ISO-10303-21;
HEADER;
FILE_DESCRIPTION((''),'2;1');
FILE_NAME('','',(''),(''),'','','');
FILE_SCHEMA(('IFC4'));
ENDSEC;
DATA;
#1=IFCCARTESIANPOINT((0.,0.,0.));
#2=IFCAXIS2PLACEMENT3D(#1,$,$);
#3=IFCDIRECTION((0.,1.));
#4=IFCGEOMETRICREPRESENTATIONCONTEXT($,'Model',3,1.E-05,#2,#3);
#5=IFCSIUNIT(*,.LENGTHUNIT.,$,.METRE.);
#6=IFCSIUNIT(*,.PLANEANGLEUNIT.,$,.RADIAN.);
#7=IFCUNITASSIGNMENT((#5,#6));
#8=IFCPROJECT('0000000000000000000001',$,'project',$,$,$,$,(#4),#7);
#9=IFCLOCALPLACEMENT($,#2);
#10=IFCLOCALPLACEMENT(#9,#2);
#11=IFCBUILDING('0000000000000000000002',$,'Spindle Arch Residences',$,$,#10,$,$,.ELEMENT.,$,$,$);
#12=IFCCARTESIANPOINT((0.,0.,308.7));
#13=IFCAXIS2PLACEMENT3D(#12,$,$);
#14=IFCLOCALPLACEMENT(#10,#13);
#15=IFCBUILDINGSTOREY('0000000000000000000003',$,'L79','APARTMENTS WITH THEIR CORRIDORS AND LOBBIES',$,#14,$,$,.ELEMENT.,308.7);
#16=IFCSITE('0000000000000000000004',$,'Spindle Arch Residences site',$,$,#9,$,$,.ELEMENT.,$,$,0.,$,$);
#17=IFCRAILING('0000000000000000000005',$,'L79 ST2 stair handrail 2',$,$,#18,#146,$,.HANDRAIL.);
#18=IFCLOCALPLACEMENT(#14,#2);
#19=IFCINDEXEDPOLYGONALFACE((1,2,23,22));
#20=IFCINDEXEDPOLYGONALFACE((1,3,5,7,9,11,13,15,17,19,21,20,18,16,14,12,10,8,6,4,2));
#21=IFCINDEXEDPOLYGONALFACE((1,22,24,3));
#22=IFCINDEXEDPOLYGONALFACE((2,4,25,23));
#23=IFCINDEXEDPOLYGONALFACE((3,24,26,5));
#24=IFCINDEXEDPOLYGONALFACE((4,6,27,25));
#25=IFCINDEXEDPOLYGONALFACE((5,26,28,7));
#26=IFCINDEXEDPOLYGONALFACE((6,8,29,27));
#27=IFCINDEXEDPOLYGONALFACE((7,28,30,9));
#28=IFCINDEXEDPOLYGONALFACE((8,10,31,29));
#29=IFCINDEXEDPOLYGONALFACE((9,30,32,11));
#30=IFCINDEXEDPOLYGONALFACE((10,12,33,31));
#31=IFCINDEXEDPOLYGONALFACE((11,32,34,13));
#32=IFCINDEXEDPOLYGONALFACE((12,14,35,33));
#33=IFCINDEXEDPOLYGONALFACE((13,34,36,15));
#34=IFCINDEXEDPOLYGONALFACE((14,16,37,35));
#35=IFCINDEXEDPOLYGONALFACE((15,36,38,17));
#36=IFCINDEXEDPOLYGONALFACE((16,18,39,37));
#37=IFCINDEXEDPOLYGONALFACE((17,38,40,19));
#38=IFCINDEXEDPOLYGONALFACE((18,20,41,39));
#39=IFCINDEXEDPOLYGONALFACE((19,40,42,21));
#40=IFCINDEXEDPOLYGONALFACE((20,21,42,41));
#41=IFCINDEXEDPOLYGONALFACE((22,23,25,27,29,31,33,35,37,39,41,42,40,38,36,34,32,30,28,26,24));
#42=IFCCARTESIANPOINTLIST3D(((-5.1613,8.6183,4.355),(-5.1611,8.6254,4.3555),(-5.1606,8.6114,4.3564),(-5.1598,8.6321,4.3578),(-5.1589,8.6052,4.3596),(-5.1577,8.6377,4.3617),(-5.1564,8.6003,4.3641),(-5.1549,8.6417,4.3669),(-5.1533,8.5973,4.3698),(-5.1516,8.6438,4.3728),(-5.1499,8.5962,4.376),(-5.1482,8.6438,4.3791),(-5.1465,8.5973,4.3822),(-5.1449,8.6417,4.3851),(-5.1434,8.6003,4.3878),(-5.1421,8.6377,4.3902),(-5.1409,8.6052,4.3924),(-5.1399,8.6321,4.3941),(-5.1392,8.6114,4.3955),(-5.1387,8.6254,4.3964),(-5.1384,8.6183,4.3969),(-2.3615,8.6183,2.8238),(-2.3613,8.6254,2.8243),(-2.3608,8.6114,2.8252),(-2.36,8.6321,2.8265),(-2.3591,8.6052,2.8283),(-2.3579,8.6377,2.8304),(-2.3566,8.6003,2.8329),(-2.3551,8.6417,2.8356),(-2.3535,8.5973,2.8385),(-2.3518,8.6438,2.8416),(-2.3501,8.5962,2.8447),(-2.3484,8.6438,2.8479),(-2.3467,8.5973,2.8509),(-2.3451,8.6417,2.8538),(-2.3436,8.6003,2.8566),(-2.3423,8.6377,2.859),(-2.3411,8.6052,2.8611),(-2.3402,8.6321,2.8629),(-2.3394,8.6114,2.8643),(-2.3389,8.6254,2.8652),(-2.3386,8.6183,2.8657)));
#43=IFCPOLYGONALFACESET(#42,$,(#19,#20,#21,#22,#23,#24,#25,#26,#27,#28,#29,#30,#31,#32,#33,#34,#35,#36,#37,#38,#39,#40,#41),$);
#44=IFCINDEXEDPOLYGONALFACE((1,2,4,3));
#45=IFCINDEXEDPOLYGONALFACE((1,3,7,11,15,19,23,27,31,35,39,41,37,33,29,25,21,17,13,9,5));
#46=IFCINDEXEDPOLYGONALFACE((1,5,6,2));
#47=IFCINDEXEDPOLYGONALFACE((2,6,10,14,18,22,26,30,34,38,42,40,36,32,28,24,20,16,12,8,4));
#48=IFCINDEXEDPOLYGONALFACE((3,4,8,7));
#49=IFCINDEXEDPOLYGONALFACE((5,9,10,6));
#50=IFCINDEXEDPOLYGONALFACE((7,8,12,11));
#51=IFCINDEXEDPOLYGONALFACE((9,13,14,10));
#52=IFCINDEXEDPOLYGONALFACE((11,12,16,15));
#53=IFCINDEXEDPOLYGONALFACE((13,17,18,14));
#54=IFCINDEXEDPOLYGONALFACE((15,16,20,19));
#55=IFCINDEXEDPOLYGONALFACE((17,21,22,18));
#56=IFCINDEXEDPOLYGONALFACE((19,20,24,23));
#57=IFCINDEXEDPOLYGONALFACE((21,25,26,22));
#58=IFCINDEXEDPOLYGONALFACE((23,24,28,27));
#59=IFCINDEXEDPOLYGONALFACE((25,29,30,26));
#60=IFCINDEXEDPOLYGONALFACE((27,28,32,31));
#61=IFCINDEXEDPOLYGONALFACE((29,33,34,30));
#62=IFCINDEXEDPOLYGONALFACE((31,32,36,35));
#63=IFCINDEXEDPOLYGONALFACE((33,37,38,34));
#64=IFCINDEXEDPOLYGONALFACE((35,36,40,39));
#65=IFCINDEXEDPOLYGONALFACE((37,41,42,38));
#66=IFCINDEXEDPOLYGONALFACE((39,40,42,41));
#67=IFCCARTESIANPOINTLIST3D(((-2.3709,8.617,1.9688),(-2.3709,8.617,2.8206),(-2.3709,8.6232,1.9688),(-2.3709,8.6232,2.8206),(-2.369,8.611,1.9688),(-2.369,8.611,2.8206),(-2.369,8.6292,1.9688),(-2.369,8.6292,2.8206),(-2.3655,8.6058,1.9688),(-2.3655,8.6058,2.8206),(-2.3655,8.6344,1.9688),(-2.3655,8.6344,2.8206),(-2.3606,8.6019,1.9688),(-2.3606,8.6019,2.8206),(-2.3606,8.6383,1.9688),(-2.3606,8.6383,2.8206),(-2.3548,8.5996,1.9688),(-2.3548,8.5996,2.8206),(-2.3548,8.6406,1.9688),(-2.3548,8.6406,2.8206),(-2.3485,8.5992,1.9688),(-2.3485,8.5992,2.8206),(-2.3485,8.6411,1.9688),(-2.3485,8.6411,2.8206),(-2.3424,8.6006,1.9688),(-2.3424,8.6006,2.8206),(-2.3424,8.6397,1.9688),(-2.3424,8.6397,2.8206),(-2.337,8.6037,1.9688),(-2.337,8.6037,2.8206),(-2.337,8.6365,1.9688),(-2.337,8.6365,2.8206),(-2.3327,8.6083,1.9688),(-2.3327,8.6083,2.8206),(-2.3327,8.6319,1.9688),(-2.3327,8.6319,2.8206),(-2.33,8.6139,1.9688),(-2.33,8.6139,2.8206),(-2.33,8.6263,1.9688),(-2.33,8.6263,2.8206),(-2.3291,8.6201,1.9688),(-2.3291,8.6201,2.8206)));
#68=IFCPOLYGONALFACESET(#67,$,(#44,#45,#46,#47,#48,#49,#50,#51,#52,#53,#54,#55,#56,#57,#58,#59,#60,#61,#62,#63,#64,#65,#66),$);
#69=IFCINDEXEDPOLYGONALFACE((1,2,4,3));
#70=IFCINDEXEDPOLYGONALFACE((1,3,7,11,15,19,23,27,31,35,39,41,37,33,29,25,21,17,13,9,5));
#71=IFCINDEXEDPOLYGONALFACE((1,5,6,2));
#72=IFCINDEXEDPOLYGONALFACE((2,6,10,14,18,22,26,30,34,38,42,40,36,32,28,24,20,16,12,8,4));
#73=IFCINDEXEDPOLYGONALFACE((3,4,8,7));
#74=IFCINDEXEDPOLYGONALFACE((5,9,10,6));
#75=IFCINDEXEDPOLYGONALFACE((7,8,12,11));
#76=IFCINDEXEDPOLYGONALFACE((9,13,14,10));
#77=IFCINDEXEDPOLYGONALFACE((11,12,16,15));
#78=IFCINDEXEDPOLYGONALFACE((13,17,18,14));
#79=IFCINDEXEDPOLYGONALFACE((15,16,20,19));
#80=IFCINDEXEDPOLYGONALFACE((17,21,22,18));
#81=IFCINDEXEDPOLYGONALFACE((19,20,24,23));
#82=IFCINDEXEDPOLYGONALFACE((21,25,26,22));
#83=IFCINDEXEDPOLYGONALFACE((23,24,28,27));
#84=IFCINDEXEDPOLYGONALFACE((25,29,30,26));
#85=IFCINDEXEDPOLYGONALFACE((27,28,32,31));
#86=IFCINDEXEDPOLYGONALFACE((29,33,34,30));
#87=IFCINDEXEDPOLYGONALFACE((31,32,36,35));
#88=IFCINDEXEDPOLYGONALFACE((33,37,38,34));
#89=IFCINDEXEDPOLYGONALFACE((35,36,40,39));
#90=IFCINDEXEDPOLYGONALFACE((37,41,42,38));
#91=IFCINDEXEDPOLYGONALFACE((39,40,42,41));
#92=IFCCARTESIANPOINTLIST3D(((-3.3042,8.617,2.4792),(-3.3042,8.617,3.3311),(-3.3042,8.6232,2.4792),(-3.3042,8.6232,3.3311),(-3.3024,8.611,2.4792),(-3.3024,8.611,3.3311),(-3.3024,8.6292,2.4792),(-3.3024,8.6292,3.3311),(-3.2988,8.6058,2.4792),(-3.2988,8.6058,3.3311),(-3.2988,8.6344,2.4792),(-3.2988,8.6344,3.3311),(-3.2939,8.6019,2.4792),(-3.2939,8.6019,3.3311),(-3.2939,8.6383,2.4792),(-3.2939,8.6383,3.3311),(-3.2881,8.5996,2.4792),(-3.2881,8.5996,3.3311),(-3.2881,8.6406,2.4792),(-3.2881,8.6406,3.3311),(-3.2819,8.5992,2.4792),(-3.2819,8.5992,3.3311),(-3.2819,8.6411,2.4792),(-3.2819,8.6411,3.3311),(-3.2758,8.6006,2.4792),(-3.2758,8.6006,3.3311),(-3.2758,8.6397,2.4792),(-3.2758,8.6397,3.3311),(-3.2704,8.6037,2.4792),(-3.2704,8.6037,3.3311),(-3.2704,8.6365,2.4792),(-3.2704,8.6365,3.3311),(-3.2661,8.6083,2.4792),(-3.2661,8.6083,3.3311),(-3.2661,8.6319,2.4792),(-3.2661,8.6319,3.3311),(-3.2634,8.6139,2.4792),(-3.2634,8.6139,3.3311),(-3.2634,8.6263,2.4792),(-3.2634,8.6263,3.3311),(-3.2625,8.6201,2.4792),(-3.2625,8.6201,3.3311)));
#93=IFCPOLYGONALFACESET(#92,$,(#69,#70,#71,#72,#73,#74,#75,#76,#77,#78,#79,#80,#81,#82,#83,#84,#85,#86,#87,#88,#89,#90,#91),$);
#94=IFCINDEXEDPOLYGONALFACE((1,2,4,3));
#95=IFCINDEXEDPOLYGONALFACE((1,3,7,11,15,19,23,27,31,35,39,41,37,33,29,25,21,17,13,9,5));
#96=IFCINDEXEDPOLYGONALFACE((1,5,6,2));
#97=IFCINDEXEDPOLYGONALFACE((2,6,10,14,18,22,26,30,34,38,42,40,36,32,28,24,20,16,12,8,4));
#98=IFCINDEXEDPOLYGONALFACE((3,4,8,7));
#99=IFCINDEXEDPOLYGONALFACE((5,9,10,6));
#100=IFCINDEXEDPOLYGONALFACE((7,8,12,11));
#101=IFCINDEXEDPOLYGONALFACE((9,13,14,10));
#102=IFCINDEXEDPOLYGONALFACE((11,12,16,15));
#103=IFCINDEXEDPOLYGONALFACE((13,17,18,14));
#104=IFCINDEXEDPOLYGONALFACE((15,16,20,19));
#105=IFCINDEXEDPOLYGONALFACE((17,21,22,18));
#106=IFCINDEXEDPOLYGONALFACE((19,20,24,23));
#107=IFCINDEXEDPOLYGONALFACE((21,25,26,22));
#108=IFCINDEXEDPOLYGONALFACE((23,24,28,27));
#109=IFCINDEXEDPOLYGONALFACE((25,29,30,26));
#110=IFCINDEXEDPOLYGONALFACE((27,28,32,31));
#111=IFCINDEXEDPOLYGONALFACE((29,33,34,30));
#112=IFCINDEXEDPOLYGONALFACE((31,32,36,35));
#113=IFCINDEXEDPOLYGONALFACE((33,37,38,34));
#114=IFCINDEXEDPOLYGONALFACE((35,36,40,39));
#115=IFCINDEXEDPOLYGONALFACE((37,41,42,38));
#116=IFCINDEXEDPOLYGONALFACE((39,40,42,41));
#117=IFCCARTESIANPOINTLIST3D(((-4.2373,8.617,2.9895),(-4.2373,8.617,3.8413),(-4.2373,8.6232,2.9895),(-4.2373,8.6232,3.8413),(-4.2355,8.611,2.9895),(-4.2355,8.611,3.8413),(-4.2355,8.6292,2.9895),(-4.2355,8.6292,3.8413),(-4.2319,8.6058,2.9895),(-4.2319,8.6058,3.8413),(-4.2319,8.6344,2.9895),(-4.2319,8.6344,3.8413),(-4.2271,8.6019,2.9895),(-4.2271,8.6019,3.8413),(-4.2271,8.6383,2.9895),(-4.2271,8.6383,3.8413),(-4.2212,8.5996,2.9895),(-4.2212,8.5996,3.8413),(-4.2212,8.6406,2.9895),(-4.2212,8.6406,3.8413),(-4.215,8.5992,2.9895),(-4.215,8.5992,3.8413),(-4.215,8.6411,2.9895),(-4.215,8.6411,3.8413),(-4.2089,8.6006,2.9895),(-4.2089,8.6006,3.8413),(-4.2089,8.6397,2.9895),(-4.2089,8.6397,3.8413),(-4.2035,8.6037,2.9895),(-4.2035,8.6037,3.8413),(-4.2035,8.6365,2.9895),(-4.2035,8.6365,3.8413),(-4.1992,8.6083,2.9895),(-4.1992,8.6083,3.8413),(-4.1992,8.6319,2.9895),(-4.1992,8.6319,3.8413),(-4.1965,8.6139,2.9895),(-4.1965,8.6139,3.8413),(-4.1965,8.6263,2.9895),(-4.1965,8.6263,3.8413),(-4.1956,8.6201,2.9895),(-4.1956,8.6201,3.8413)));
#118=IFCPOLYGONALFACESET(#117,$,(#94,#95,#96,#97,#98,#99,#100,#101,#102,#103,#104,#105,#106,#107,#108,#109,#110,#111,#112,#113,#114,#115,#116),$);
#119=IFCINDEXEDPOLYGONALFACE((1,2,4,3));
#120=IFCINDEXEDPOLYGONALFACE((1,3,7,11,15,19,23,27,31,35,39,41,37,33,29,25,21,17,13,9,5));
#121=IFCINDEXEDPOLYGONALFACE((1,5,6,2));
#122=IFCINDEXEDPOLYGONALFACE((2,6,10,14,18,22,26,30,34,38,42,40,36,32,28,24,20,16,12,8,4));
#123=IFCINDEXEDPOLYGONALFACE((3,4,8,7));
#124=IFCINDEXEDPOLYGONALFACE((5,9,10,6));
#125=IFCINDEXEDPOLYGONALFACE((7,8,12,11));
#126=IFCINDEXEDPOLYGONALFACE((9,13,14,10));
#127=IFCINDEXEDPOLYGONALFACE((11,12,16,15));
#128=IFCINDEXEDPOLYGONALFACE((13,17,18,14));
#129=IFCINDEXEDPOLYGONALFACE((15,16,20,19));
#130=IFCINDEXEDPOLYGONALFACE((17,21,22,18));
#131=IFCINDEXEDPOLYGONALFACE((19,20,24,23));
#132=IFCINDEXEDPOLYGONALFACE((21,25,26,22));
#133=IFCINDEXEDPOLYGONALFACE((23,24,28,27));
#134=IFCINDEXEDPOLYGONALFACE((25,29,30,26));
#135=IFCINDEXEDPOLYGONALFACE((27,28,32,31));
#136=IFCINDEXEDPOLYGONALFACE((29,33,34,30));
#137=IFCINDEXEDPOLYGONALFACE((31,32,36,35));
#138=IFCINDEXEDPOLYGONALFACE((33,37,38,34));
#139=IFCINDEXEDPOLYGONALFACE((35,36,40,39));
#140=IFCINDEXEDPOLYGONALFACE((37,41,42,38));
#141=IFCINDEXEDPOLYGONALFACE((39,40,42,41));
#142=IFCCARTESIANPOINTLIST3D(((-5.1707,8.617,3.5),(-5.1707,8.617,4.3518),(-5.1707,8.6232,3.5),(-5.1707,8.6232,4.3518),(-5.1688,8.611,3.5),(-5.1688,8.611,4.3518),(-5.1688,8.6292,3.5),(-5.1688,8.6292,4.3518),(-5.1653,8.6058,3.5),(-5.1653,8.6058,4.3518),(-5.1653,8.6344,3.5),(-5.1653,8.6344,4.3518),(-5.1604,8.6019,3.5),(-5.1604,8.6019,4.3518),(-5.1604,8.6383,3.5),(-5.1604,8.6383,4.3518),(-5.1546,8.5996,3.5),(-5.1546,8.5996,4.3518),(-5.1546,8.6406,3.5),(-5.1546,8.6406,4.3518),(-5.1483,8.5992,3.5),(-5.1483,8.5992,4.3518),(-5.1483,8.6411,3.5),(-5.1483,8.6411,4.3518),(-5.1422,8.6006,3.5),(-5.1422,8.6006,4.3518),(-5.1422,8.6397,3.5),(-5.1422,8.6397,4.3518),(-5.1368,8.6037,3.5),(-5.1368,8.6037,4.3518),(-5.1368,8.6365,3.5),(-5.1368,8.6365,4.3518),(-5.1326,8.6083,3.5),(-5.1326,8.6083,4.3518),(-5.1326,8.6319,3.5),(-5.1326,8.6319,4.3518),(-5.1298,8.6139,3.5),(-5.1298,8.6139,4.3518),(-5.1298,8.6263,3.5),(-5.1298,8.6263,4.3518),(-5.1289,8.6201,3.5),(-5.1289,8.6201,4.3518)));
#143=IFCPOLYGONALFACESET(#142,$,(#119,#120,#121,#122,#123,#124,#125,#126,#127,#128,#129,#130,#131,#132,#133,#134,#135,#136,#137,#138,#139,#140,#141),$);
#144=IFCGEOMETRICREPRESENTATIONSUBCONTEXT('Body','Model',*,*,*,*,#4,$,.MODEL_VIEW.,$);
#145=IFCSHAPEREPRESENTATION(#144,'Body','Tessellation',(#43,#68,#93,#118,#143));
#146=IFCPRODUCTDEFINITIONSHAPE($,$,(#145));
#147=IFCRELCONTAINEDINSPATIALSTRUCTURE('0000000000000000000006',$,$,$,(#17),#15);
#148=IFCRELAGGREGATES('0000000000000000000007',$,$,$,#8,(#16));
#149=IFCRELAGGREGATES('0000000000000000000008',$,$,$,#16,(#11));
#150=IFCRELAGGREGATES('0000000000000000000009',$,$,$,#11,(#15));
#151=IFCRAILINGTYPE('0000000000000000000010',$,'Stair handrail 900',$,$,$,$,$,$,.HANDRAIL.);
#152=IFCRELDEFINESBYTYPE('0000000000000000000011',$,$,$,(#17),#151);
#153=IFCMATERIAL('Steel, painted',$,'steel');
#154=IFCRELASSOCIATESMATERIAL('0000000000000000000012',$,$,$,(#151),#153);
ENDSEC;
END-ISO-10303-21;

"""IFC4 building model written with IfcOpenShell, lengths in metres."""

from ifc_helpers import new_model, si_unit, direction, frame, origin, origin_2d, place, context, subcontext, project, spatial, circle, extrude, material, type_object, element, save


model = new_model("IFC4")

# Units and contexts
model_context = context("Model", 3, precision=1e-05, world=origin(), true_north=direction((0.0, 1.0)))
body_context = subcontext(model_context, "Body", "Model", "MODEL_VIEW")
ifc_project = project(units=[si_unit("LENGTHUNIT", "METRE"), si_unit("PLANEANGLEUNIT", "RADIAN")], contexts=[model_context])

# Site, building, storey
site_placement = place(None, origin())
site = spatial("IfcSite", under=ifc_project, at=site_placement, Name="Spindle Arch Residences site", CompositionType="ELEMENT", RefElevation=0.0)
building_placement = place(site_placement, origin())
building = spatial("IfcBuilding", under=site, at=building_placement, Name="Spindle Arch Residences", CompositionType="ELEMENT")
storey_placement = place(building_placement, frame((0.0, 0.0, 308.7)))
storey = spatial("IfcBuildingStorey", under=building, at=storey_placement, Name="L79", Description="APARTMENTS WITH THEIR CORRIDORS AND LOBBIES", CompositionType="ELEMENT", Elevation=308.7)

# Railing
ifc_material_1 = material(Name="Steel, painted", Category="steel")
railing_type_1 = type_object("IfcRailingType", Name="Stair handrail 900", PredefinedType="HANDRAIL", material=ifc_material_1)
railing_1_placement = place(storey_placement, frame((-2.3501, 8.6201, 1.9688)))
element("IfcRailing", 1, at=railing_1_placement, inside=storey, type_object=railing_type_1, Name="L79 ST2 stair handrail 2", PredefinedType="HANDRAIL", context=body_context, shape_type="SweptSolid", body=[
    extrude(circle(Radius=0.0239, at=origin_2d()), frame((0.0, 0.0, 0.876), z_axis=(-0.877357, 0.0, 0.479838), x_axis=(0.0, -1.0, 0.0)), (0.0, 0.0, 1.0), 3.1912),
    extrude(circle(Radius=0.021, at=origin_2d()), origin(), (0.0, 0.0, 1.0), 0.8518),
    extrude(circle(Radius=0.021, at=origin_2d()), frame((-0.9333, 0.0, 0.5105)), (0.0, 0.0, 1.0), 0.8518),
    extrude(circle(Radius=0.021, at=origin_2d()), frame((-1.8665, 0.0, 1.0208)), (0.0, 0.0, 1.0), 0.8518),
    extrude(circle(Radius=0.021, at=origin_2d()), frame((-2.7998, 0.0, 1.5312)), (0.0, 0.0, 1.0), 0.8518),
])

save(model, "model.ifc")
